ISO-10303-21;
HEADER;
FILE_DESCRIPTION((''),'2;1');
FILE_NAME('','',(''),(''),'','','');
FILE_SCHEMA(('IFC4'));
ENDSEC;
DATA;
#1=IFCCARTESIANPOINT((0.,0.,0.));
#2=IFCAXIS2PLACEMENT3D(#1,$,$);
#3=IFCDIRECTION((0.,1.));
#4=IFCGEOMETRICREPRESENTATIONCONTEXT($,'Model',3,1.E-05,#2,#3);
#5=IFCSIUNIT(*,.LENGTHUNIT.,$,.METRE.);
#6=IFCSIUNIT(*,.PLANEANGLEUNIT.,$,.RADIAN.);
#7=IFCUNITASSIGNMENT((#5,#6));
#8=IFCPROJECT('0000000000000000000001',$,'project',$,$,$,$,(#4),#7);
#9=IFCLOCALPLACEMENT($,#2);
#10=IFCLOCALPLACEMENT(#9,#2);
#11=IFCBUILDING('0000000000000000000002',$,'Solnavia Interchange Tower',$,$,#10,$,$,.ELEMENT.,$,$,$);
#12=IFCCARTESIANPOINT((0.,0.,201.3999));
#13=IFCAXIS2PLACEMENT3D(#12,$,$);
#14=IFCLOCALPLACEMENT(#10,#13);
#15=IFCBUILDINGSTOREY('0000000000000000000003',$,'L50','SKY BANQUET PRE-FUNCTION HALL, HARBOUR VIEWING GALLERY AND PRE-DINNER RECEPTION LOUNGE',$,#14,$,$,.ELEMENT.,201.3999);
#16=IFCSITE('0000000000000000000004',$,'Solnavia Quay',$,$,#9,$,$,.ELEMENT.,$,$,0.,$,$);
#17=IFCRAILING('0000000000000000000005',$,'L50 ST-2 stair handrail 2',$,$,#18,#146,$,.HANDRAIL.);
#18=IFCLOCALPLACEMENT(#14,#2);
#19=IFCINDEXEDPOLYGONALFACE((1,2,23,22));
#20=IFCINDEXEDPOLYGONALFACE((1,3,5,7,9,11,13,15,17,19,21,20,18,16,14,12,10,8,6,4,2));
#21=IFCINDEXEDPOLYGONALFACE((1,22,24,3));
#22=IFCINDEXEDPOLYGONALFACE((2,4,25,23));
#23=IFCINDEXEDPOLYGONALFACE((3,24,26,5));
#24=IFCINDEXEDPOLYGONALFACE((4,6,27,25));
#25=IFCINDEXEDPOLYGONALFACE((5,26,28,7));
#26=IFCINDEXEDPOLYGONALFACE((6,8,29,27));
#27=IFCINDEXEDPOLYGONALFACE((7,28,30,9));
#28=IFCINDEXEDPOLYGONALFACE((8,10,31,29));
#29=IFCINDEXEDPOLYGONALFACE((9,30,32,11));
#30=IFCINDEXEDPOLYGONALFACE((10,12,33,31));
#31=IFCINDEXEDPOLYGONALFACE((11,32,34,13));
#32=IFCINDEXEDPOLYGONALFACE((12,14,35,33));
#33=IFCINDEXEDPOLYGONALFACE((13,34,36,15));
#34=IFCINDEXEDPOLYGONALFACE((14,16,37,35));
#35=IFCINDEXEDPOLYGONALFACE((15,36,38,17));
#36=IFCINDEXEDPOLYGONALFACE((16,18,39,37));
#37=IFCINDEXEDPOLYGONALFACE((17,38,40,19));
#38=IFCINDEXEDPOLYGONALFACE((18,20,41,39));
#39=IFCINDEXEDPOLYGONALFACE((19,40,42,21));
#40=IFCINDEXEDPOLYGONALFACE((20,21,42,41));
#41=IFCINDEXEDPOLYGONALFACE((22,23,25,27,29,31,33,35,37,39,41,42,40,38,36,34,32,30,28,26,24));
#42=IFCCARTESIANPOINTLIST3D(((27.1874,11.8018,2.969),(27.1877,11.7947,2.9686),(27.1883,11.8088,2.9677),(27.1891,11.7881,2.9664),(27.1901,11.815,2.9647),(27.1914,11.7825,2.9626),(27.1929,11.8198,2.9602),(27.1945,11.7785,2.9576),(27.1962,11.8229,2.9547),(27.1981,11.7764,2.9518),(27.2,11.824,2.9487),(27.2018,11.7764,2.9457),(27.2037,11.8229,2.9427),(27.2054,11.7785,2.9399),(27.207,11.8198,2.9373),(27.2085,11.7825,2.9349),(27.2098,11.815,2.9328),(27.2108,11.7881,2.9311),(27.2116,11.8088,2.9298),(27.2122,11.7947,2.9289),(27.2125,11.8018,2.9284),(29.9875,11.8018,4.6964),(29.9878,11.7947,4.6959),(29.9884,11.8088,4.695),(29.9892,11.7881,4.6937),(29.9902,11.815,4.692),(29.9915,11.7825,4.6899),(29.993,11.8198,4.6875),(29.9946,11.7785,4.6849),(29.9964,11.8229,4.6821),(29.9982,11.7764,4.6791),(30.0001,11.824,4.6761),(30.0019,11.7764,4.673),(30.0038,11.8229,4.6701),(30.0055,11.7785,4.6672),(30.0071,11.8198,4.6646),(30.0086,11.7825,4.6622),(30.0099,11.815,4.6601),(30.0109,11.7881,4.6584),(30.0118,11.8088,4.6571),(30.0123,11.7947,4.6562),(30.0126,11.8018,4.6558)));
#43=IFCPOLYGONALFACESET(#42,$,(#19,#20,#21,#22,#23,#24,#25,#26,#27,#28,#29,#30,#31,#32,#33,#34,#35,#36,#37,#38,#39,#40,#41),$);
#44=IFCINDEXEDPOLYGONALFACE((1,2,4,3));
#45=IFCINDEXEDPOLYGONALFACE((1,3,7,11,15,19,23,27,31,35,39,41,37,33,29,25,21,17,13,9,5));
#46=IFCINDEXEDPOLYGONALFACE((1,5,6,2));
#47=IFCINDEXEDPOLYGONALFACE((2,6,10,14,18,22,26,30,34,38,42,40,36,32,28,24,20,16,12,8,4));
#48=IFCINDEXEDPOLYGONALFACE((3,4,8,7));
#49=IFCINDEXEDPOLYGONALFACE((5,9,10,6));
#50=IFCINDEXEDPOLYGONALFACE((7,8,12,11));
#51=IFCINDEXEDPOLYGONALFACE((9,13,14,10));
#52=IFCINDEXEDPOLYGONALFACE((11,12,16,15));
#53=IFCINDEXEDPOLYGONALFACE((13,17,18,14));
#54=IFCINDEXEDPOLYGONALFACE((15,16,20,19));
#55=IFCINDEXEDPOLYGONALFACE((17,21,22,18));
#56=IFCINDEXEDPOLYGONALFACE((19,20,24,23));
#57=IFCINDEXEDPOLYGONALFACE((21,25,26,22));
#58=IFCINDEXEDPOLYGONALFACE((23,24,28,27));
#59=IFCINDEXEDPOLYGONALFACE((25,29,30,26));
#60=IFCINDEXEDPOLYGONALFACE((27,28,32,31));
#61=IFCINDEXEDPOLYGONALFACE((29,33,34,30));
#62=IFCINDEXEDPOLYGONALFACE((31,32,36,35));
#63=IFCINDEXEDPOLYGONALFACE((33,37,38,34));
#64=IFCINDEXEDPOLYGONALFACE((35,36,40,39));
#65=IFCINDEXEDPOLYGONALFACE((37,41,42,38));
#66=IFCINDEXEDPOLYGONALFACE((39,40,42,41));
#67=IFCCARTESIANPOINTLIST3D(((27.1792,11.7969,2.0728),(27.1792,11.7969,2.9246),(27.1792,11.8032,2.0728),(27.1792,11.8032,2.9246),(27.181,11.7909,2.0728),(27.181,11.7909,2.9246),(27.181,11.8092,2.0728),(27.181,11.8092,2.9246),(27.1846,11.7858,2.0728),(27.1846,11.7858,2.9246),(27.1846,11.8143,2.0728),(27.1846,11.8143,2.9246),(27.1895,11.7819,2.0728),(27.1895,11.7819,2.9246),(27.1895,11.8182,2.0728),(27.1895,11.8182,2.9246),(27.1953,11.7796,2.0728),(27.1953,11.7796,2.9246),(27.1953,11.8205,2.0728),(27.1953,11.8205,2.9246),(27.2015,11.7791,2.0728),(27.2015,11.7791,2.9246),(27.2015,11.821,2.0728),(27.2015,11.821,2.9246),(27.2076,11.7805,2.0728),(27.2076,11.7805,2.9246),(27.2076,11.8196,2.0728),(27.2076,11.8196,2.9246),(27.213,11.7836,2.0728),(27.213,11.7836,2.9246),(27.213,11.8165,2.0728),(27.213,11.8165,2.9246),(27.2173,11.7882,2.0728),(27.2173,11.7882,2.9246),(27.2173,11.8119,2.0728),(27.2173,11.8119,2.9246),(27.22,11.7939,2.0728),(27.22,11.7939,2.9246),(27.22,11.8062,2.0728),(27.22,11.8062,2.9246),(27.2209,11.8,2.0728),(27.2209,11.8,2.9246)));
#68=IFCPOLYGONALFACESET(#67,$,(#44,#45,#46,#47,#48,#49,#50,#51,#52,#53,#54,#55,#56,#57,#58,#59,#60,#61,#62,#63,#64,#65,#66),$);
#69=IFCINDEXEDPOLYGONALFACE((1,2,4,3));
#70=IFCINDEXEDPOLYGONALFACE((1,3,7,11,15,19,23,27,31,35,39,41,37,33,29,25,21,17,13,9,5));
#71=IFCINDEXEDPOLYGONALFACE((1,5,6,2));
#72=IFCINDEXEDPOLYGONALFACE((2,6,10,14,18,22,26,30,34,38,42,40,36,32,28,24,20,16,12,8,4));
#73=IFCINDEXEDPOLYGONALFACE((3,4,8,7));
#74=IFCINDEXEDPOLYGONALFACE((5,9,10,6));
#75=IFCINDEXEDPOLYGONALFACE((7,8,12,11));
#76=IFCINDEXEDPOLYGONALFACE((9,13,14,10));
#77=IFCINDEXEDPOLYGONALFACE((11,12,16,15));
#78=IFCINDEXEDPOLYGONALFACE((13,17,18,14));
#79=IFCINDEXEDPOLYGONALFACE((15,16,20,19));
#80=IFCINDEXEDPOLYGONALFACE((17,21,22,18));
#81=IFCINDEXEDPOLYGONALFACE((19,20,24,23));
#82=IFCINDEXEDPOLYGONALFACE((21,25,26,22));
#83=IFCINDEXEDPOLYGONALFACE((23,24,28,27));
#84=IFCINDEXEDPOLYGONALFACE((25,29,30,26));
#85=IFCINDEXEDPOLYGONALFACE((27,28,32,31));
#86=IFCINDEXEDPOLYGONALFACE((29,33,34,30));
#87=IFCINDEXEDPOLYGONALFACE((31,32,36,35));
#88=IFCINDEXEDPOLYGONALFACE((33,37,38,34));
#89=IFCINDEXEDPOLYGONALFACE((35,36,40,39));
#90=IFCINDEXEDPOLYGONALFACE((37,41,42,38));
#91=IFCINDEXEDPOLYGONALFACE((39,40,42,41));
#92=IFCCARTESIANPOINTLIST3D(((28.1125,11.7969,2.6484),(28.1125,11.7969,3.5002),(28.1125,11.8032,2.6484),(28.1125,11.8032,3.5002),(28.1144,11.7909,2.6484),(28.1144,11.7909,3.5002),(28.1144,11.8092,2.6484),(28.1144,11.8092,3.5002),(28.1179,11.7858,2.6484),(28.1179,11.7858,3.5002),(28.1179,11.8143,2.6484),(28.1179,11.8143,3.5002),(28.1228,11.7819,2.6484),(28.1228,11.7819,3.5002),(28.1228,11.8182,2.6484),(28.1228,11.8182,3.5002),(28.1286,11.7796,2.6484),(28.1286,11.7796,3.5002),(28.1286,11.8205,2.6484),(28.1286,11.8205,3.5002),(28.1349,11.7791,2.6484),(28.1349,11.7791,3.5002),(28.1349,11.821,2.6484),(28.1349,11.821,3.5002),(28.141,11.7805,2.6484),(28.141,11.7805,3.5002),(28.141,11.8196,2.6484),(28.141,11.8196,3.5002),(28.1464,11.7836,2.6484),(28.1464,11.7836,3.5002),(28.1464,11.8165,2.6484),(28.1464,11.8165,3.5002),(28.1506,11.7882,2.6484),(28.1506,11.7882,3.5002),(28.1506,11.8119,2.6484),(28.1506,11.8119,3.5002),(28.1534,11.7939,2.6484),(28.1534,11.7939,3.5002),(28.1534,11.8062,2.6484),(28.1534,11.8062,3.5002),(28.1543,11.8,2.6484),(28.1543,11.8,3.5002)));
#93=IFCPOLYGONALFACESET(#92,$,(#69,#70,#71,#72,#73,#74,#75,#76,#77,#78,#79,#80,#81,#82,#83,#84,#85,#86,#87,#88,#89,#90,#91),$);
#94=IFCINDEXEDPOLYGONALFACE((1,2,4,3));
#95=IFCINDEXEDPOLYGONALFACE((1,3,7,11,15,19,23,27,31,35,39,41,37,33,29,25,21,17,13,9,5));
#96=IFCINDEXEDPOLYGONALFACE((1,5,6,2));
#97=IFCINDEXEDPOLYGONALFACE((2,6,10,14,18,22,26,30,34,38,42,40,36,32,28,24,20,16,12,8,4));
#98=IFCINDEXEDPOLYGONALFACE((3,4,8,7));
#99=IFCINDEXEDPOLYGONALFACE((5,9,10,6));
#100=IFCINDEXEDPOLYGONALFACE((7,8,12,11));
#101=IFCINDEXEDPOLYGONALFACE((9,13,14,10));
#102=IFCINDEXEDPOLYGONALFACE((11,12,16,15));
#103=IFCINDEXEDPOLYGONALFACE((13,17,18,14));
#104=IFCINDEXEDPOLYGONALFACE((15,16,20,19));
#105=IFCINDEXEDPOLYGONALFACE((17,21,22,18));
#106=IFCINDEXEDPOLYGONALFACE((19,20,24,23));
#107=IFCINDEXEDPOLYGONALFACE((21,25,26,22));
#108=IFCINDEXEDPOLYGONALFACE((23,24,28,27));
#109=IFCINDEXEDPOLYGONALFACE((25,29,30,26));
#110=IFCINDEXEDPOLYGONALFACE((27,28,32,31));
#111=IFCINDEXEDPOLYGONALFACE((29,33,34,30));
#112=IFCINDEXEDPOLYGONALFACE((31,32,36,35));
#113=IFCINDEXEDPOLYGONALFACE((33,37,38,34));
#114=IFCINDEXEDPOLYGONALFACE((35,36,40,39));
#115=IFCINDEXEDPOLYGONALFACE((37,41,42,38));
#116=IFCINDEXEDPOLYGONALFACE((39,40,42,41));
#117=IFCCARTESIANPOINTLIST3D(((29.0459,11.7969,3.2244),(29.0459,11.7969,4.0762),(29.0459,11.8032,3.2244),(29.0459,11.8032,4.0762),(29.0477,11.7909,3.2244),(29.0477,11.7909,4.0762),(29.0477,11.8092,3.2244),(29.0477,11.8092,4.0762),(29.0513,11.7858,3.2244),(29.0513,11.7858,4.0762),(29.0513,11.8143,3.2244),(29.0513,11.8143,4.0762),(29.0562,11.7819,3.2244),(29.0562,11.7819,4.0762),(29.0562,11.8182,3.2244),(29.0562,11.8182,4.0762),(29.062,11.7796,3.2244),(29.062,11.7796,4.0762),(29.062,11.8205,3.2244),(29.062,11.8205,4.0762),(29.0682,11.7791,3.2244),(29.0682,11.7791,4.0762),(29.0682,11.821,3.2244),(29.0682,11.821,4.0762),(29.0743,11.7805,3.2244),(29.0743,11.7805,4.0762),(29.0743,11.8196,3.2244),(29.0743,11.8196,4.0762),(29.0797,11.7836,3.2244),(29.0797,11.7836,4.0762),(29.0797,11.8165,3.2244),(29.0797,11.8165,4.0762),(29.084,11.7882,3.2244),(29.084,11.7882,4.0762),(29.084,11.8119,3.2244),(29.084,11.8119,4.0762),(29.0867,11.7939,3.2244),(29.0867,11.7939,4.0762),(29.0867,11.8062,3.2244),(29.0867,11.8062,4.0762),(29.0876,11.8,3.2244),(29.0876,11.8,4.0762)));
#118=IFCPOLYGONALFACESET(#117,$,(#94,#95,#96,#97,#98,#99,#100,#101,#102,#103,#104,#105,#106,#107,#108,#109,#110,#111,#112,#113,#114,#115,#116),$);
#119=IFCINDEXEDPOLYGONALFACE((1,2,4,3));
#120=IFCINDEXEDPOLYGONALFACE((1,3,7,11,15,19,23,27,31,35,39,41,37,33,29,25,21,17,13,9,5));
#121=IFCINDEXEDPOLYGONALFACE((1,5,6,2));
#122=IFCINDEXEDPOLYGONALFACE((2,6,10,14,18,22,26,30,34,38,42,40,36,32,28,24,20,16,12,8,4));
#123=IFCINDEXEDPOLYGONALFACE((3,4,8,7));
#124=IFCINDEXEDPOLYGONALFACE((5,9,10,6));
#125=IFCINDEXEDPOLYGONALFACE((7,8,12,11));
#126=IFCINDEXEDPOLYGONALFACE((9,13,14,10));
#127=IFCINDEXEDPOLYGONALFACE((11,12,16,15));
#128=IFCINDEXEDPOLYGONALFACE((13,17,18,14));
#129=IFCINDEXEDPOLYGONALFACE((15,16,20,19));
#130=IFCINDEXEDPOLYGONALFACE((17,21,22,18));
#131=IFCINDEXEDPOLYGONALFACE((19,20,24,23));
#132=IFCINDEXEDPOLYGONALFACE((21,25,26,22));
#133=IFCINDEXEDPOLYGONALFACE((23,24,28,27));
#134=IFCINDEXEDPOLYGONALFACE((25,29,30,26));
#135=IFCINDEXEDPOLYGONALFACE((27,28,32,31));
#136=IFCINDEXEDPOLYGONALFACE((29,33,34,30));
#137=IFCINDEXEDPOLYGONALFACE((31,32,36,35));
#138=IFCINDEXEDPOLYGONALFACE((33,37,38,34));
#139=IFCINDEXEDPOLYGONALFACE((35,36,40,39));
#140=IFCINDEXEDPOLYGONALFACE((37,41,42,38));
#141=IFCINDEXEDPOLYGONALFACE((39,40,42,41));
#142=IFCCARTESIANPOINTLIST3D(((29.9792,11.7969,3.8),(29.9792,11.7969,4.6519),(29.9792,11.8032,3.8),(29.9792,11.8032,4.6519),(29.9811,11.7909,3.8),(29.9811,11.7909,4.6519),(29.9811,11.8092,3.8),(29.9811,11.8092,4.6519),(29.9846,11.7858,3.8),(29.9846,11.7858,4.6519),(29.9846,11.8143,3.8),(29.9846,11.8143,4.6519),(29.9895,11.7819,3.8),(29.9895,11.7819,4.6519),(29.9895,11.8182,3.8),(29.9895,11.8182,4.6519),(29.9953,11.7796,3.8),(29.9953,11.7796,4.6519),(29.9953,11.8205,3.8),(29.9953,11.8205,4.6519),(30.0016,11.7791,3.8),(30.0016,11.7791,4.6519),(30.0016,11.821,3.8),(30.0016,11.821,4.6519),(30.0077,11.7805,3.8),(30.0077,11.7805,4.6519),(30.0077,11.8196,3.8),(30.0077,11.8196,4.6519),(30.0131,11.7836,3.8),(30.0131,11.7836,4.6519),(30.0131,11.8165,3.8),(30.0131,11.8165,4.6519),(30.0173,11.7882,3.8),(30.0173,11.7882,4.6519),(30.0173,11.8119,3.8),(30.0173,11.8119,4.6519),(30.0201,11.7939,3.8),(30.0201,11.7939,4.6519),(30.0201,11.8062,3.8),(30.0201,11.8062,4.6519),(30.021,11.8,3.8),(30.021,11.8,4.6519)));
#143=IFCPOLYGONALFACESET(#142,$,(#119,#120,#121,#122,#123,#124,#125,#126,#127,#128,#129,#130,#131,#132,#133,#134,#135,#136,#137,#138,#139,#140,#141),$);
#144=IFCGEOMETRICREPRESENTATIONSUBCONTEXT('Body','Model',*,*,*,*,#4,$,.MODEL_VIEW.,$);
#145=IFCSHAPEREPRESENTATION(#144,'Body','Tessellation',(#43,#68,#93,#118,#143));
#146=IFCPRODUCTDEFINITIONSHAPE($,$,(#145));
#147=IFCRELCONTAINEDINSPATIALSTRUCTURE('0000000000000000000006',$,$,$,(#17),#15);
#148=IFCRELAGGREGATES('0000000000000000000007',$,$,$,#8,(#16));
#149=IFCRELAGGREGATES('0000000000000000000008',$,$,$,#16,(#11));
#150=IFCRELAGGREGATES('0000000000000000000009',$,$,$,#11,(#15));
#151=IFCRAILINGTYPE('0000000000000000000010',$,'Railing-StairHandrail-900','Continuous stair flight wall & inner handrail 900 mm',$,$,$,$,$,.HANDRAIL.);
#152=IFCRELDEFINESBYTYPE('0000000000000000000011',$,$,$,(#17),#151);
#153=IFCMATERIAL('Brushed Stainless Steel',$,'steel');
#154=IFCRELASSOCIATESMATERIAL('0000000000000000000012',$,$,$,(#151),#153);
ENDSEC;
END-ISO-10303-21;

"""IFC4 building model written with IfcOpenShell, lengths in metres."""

from ifc_helpers import new_model, si_unit, direction, frame, origin, origin_2d, place, context, subcontext, project, spatial, circle, extrude, material, type_object, element, save


model = new_model("IFC4")

# Units and contexts
model_context = context("Model", 3, precision=1e-05, world=origin(), true_north=direction((0.0, 1.0)))
body_context = subcontext(model_context, "Body", "Model", "MODEL_VIEW")
ifc_project = project(units=[si_unit("LENGTHUNIT", "METRE"), si_unit("PLANEANGLEUNIT", "RADIAN")], contexts=[model_context])

# Site, building, storey
site_placement = place(None, origin())
site = spatial("IfcSite", under=ifc_project, at=site_placement, Name="Solnavia Quay", CompositionType="ELEMENT", RefElevation=0.0)
building_placement = place(site_placement, origin())
building = spatial("IfcBuilding", under=site, at=building_placement, Name="Solnavia Interchange Tower", CompositionType="ELEMENT")
storey_placement = place(building_placement, frame((0.0, 0.0, 201.3999)))
storey = spatial("IfcBuildingStorey", under=building, at=storey_placement, Name="L50", Description="SKY BANQUET PRE-FUNCTION HALL, HARBOUR VIEWING GALLERY AND PRE-DINNER RECEPTION LOUNGE", CompositionType="ELEMENT", Elevation=201.3999)

# Railing
ifc_material_1 = material(Name="Brushed Stainless Steel", Category="steel")
railing_type_1 = type_object("IfcRailingType", Name="Railing-StairHandrail-900", Description="Continuous stair flight wall & inner handrail 900 mm", PredefinedType="HANDRAIL", material=ifc_material_1)
railing_1_placement = place(storey_placement, frame((27.2, 11.8, 2.0728)))
element("IfcRailing", 1, at=railing_1_placement, inside=storey, type_object=railing_type_1, Name="L50 ST-2 stair handrail 2", PredefinedType="HANDRAIL", context=body_context, shape_type="SweptSolid", body=[
    extrude(circle(Radius=0.0239, at=origin_2d()), frame((0.0, 0.0, 0.876), z_axis=(0.85109, 0.0, 0.52502), x_axis=(0.0, 1.0, 0.0)), (0.0, 0.0, 1.0), 3.29),
    extrude(circle(Radius=0.021, at=origin_2d()), origin(), (0.0, 0.0, 1.0), 0.8518),
    extrude(circle(Radius=0.021, at=origin_2d()), frame((0.9333, 0.0, 0.5757)), (0.0, 0.0, 1.0), 0.8518),
    extrude(circle(Radius=0.021, at=origin_2d()), frame((1.8667, 0.0, 1.1516)), (0.0, 0.0, 1.0), 0.8518),
    extrude(circle(Radius=0.021, at=origin_2d()), frame((2.8, 0.0, 1.7273)), (0.0, 0.0, 1.0), 0.8518),
])

save(model, "model.ifc")
